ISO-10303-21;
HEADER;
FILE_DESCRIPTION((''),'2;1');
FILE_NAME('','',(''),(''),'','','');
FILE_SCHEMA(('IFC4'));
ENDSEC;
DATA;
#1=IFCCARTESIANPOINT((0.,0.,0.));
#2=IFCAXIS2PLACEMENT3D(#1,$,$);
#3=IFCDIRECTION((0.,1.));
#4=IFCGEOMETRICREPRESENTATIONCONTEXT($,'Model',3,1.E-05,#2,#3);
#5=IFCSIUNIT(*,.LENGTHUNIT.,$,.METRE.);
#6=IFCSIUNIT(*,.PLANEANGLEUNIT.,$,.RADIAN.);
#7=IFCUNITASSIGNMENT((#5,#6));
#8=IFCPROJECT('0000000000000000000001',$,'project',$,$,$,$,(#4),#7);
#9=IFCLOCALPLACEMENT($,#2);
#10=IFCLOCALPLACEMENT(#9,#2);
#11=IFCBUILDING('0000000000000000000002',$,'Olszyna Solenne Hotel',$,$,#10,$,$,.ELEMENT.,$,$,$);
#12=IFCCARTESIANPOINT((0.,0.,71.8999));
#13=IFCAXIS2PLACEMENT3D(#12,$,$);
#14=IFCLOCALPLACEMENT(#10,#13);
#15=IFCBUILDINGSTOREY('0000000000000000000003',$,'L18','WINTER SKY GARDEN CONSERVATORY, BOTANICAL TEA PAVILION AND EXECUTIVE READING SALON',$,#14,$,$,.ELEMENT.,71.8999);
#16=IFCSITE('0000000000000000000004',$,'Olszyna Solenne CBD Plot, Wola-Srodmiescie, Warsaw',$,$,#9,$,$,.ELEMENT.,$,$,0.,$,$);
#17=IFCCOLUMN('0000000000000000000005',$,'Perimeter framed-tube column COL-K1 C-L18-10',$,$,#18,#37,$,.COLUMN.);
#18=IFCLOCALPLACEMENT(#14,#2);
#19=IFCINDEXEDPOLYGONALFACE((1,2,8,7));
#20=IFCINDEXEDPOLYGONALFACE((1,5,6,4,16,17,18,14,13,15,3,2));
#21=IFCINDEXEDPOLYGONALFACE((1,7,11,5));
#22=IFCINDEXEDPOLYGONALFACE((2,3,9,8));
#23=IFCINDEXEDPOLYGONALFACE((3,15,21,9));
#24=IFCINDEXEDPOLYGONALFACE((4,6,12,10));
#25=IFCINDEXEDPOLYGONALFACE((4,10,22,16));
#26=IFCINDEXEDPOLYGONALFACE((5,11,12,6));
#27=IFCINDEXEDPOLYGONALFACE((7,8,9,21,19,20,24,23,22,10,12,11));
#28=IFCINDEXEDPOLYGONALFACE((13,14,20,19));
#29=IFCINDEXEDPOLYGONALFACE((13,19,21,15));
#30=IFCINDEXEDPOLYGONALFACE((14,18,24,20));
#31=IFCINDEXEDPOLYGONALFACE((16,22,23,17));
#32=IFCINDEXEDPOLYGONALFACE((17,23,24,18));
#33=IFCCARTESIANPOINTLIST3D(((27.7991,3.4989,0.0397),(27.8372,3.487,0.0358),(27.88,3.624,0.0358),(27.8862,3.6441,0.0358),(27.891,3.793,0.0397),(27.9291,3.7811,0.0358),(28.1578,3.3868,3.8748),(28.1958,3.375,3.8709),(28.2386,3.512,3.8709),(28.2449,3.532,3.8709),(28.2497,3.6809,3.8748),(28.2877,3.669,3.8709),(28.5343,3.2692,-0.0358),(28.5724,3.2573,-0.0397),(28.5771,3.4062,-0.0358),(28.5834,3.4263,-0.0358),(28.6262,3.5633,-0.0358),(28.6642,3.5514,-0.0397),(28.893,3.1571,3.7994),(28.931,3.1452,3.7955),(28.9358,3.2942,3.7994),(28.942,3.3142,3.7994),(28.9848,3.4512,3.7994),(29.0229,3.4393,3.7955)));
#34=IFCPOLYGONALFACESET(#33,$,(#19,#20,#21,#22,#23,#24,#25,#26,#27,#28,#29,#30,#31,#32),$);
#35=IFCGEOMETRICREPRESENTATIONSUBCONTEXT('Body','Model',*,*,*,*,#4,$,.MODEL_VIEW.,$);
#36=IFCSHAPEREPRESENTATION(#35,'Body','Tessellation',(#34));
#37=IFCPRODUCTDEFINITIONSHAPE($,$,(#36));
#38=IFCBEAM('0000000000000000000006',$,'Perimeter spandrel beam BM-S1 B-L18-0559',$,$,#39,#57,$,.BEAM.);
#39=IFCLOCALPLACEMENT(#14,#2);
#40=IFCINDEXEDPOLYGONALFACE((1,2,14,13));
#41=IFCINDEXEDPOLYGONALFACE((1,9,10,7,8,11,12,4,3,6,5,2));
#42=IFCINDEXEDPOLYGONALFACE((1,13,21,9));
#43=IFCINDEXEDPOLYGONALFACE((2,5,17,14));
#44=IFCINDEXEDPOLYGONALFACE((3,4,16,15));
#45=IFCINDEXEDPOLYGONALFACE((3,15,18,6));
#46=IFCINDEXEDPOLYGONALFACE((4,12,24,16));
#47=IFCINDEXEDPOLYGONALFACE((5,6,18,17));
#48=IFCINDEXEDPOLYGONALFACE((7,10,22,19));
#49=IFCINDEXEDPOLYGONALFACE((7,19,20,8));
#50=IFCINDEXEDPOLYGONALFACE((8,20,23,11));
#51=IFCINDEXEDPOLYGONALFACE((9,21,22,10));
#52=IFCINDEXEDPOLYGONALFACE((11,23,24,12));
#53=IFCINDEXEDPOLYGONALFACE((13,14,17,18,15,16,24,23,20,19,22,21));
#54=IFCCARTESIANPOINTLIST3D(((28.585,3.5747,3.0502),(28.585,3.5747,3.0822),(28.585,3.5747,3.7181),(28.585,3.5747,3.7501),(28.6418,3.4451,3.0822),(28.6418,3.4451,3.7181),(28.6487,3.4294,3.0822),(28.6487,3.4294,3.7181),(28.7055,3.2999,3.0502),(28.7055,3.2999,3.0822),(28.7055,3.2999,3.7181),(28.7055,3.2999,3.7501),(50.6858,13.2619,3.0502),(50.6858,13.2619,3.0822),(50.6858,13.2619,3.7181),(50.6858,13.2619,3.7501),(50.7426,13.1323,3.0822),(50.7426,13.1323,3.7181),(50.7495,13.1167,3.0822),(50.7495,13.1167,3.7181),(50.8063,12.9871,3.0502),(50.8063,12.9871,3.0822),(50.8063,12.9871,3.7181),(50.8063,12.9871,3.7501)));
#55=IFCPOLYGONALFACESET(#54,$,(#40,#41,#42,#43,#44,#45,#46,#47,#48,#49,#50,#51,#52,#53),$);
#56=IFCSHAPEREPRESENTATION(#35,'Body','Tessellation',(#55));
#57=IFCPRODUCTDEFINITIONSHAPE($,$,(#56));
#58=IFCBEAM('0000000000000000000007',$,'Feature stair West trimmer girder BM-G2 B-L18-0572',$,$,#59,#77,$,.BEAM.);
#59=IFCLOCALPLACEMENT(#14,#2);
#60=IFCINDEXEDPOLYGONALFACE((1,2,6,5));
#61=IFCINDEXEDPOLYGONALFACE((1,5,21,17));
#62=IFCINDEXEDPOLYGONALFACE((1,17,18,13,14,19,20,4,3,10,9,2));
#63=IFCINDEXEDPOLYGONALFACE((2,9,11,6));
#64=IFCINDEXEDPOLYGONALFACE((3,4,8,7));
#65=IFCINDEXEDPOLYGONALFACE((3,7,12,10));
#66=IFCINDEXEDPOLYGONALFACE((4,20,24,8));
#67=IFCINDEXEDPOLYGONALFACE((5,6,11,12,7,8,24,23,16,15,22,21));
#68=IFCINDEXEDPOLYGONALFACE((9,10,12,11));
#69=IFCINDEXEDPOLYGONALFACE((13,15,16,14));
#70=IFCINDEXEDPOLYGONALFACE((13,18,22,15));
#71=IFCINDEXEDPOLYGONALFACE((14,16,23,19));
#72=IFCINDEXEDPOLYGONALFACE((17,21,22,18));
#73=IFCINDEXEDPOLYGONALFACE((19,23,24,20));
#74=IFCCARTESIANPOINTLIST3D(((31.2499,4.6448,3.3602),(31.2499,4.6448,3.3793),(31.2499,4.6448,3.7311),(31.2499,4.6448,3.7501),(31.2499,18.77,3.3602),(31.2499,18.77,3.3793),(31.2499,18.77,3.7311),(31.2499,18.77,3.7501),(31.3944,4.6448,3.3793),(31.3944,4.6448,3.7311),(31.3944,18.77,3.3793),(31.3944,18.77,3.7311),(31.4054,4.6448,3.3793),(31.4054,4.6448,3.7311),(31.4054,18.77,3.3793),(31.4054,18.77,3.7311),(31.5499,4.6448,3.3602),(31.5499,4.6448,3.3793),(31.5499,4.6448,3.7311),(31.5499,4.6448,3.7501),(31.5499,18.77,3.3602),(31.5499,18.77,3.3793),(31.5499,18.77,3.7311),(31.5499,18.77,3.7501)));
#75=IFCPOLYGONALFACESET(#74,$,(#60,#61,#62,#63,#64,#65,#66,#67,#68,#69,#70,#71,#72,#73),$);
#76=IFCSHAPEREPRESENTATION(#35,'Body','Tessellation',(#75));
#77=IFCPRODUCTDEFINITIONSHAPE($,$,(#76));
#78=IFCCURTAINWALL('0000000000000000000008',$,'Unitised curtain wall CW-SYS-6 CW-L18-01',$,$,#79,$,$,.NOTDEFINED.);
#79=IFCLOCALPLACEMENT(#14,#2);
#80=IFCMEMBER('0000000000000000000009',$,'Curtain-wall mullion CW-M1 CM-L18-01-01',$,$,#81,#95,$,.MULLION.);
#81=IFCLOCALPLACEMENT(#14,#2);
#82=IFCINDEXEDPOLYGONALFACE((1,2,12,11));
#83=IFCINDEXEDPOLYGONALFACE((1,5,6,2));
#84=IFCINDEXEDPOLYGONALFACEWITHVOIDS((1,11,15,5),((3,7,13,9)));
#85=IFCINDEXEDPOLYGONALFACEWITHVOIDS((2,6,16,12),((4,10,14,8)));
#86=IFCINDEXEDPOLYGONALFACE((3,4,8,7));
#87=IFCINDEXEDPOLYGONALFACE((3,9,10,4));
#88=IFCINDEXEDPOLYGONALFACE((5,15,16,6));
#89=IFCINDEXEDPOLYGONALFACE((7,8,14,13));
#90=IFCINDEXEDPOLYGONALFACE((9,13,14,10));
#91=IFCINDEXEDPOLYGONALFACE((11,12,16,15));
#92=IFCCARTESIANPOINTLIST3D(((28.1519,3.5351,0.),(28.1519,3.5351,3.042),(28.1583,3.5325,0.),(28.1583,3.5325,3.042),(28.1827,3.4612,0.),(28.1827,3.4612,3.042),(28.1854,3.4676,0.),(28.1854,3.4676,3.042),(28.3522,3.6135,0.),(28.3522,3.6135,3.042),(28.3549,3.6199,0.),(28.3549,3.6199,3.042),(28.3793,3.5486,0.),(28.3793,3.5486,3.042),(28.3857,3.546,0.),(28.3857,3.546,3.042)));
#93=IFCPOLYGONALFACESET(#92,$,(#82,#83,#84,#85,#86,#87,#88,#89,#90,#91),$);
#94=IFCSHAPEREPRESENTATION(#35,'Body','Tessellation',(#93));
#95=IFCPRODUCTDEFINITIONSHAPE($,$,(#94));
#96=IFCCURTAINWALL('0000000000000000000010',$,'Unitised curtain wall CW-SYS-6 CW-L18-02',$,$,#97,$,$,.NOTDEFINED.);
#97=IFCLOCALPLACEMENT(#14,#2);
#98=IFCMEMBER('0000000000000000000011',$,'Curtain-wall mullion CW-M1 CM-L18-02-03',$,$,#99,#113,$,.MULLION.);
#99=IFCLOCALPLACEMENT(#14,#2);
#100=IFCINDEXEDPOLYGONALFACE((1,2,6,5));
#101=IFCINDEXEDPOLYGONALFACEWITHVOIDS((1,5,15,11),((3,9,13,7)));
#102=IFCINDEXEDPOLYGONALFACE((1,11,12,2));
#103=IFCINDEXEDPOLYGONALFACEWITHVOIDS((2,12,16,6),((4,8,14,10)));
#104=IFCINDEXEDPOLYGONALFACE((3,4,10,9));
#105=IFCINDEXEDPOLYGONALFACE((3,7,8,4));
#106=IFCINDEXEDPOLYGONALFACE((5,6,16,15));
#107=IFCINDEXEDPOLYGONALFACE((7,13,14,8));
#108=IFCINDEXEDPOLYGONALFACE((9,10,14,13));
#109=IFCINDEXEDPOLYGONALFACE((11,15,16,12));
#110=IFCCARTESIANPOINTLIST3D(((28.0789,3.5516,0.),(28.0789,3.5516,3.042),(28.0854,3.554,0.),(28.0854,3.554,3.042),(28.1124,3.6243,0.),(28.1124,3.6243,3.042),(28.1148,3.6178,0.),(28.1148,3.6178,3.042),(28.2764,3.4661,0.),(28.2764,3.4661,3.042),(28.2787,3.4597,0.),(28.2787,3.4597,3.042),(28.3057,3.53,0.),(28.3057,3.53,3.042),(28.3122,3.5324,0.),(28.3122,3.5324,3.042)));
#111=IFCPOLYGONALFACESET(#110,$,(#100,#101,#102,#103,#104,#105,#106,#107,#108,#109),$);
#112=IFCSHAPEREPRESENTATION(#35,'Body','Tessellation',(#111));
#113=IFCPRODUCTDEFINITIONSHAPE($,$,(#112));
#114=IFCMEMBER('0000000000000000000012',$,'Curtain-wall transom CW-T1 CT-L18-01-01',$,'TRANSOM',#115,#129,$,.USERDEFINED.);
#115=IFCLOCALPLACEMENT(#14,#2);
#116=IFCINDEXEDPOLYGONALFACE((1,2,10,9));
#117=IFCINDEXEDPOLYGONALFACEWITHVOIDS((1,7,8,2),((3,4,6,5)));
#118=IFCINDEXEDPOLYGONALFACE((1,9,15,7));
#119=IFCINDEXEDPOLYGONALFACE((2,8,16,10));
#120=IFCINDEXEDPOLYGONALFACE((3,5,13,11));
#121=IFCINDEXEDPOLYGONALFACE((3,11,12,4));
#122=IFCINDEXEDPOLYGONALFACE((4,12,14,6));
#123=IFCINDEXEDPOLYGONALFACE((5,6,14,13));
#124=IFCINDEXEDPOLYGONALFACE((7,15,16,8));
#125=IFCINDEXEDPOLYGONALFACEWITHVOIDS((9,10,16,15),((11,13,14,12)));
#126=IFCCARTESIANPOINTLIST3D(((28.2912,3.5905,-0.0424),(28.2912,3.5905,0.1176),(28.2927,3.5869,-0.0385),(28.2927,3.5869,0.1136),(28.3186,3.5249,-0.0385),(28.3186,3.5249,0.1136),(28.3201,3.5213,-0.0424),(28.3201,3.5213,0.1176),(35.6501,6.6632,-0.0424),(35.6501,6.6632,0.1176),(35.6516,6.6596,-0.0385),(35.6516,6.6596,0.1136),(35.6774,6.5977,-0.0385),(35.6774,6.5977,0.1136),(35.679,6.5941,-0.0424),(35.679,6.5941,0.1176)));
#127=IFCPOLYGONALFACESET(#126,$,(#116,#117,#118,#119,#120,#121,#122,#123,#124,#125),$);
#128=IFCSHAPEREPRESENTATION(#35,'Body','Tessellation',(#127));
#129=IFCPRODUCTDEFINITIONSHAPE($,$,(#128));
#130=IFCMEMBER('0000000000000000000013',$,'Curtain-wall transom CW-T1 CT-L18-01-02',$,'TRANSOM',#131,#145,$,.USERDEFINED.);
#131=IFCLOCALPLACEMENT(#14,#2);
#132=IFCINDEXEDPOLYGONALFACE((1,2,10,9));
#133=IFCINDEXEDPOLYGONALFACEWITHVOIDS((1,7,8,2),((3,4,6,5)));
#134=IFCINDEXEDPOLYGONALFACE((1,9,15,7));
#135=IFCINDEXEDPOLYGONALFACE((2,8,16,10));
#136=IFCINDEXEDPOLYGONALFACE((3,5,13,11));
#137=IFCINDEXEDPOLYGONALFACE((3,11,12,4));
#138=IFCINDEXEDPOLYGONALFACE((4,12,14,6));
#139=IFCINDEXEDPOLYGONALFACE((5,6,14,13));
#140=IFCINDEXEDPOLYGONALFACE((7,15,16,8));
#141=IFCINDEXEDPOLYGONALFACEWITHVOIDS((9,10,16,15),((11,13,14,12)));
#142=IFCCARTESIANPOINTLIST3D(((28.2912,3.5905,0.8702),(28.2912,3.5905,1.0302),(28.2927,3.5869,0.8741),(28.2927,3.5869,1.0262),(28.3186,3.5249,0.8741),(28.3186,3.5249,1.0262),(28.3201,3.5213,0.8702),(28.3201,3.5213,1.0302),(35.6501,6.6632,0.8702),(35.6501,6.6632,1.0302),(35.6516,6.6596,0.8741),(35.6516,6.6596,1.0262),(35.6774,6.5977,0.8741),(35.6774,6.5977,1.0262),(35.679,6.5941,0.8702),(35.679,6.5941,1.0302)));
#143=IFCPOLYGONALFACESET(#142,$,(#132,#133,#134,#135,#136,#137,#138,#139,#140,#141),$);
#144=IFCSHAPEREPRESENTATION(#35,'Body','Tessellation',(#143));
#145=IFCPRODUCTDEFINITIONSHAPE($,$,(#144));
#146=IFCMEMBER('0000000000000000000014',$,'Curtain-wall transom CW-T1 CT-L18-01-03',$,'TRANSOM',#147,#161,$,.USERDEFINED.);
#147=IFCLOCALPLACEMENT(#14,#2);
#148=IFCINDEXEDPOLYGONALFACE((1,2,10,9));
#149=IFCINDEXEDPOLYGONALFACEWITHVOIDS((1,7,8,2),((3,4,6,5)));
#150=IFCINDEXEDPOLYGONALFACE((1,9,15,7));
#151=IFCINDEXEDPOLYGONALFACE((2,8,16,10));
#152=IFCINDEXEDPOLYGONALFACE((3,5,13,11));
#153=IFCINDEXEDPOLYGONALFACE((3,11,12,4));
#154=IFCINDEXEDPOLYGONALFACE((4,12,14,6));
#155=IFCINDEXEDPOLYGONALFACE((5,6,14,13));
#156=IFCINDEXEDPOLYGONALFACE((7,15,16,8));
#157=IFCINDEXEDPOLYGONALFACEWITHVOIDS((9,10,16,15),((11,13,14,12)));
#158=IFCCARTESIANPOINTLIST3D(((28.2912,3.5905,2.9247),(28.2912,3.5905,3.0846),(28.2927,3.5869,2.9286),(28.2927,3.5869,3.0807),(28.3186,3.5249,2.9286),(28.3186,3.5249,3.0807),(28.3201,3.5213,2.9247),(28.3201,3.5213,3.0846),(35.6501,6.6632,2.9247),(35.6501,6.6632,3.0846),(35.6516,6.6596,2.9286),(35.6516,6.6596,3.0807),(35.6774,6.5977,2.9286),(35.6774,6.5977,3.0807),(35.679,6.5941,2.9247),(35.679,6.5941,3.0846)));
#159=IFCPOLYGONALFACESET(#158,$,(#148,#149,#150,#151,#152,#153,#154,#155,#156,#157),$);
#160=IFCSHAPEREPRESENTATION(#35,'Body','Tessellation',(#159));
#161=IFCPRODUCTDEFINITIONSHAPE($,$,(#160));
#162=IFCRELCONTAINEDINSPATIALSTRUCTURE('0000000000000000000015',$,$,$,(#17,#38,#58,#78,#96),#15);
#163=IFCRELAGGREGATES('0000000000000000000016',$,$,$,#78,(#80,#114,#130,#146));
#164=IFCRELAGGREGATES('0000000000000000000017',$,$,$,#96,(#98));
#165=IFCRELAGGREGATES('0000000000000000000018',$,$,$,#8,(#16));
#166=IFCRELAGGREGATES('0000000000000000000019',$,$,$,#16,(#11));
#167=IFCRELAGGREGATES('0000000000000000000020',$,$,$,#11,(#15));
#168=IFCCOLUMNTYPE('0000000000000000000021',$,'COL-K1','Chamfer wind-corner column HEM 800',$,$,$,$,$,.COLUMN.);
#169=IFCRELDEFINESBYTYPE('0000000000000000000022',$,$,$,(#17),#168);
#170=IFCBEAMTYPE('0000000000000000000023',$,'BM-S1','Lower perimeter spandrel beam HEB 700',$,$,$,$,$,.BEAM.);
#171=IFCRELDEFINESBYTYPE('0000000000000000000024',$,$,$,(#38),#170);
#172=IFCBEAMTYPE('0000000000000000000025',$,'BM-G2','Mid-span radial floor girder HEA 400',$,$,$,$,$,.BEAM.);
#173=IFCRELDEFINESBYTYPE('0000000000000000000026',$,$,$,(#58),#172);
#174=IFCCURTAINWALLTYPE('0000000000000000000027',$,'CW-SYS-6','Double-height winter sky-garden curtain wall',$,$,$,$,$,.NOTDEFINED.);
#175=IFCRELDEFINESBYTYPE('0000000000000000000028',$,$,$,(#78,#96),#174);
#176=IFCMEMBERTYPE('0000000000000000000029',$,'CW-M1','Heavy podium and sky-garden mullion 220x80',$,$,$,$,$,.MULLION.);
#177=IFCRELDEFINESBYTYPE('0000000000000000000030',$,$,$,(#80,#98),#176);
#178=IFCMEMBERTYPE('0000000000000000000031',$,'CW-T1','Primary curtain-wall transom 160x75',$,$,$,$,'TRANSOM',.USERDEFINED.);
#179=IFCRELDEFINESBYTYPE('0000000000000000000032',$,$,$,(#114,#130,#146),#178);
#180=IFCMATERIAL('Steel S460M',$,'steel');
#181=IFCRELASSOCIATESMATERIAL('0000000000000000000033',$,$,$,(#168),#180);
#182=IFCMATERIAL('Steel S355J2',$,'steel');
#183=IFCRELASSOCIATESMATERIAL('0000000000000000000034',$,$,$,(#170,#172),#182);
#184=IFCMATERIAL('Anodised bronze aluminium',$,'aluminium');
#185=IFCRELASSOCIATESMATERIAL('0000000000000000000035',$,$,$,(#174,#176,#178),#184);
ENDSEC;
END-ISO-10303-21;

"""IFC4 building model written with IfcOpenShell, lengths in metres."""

from ifc_helpers import new_model, si_unit, direction, frame, origin, origin_2d, place, context, subcontext, project, spatial, hollow_rectangle, i_section, extrude, source, transform, mapped, material, material_profile, profile_set, type_object, element, aggregate, save


model = new_model("IFC4")

# Units and contexts
model_context = context("Model", 3, precision=1e-05, world=origin(), true_north=direction((0.0, 1.0)))
body_context = subcontext(model_context, "Body", "Model", "MODEL_VIEW")
ifc_project = project(units=[si_unit("LENGTHUNIT", "METRE"), si_unit("PLANEANGLEUNIT", "RADIAN")], contexts=[model_context])

# Site, building, storey
site_placement = place(None, origin())
site = spatial("IfcSite", under=ifc_project, at=site_placement, Name="Olszyna Solenne CBD Plot, Wola-Srodmiescie, Warsaw", CompositionType="ELEMENT", RefElevation=0.0)
building_placement = place(site_placement, origin())
building = spatial("IfcBuilding", under=site, at=building_placement, Name="Olszyna Solenne Hotel", CompositionType="ELEMENT")
storey_placement = place(building_placement, frame((0.0, 0.0, 71.8999)))
storey = spatial("IfcBuildingStorey", under=building, at=storey_placement, Name="L18", Description="WINTER SKY GARDEN CONSERVATORY, BOTANICAL TEA PAVILION AND EXECUTIVE READING SALON", CompositionType="ELEMENT", Elevation=71.8999)

# Column
ifc_material_1 = material(Name="Steel S460M", Category="steel")
ifc_material_profile_1 = material_profile(ifc_material_1, i_section(OverallWidth=0.3081, OverallDepth=0.814, WebThickness=0.021, FlangeThickness=0.04, at=origin_2d()), Name="HEM 800", Category="load-bearing")
ifc_profile_set_1 = profile_set([ifc_material_profile_1], Name="Steel S460M")
column_type = type_object("IfcColumnType", Name="COL-K1", Description="Chamfer wind-corner column HEM 800", PredefinedType="COLUMN", material=ifc_profile_set_1)
shared_shape_1 = source(origin(), body_context, "Body", "SweptSolid", [
    extrude(i_section(OverallWidth=0.3081, OverallDepth=0.814, WebThickness=0.021, FlangeThickness=0.04, at=origin_2d()), origin(), (0.0, 0.0, 1.0), 3.8535),
])
column_placement = place(storey_placement, frame((28.2317, 3.5251, 0.0), z_axis=(0.093068, -0.02908, 0.995235), x_axis=(0.298238, 0.954492, 0.0)))
element("IfcColumn", 1, at=column_placement, inside=storey, type_object=column_type, Name="Perimeter framed-tube column COL-K1 C-L18-10", PredefinedType="COLUMN", context=body_context, shape_type="MappedRepresentation", body=[
    mapped(shared_shape_1, transform((0.0, 0.0, 0.0), x_axis=(1.0, 0.0, 0.0), y_axis=(0.0, 1.0, 0.0), z_axis=(0.0, 0.0, 1.0), scale=1.0)),
])

# Beams
ifc_material_2 = material(Name="Steel S355J2", Category="steel")
ifc_material_profile_2 = material_profile(ifc_material_2, i_section(OverallWidth=0.3, OverallDepth=0.7, WebThickness=0.0171, FlangeThickness=0.032, at=origin_2d()), Name="HEB 700", Category="load-bearing")
ifc_profile_set_2 = profile_set([ifc_material_profile_2], Name="Steel S355J2")
beam_type_1 = type_object("IfcBeamType", Name="BM-S1", Description="Lower perimeter spandrel beam HEB 700", PredefinedType="BEAM", material=ifc_profile_set_2)
shared_shape_2 = source(origin(), body_context, "Body", "SweptSolid", [
    extrude(i_section(OverallWidth=0.3, OverallDepth=0.7, WebThickness=0.0171, FlangeThickness=0.032, at=origin_2d()), origin(), (0.0, 0.0, 1.0), 24.1306),
])
beam_1_placement = place(storey_placement, frame((28.6453, 3.4373, 3.4001), z_axis=(0.915881, 0.40145, 0.0), x_axis=(-0.40145, 0.915881, 0.0)))
element("IfcBeam", 2, at=beam_1_placement, inside=storey, type_object=beam_type_1, Name="Perimeter spandrel beam BM-S1 B-L18-0559", PredefinedType="BEAM", context=body_context, shape_type="MappedRepresentation", body=[
    mapped(shared_shape_2, transform((0.0, 0.0, 0.0), x_axis=(1.0, 0.0, 0.0), y_axis=(0.0, 1.0, 0.0), z_axis=(0.0, 0.0, 1.0), scale=1.0)),
])
ifc_material_profile_3 = material_profile(ifc_material_2, i_section(OverallWidth=0.3, OverallDepth=0.3899, WebThickness=0.011, FlangeThickness=0.019, at=origin_2d()), Name="HEA 400", Category="load-bearing")
ifc_profile_set_3 = profile_set([ifc_material_profile_3], Name="Steel S355J2")
beam_type_2 = type_object("IfcBeamType", Name="BM-G2", Description="Mid-span radial floor girder HEA 400", PredefinedType="BEAM", material=ifc_profile_set_3)
shared_shape_3 = source(origin(), body_context, "Body", "SweptSolid", [
    extrude(i_section(OverallWidth=0.3, OverallDepth=0.3899, WebThickness=0.011, FlangeThickness=0.019, at=origin_2d()), origin(), (0.0, 0.0, 1.0), 14.1252),
])
beam_2_placement = place(storey_placement, frame((31.3999, 4.6448, 3.5552), z_axis=(0.0, 1.0, 0.0), x_axis=(-1.0, 0.0, 0.0)))
element("IfcBeam", 3, at=beam_2_placement, inside=storey, type_object=beam_type_2, Name="Feature stair West trimmer girder BM-G2 B-L18-0572", PredefinedType="BEAM", context=body_context, shape_type="MappedRepresentation", body=[
    mapped(shared_shape_3, transform((0.0, 0.0, 0.0), x_axis=(1.0, 0.0, 0.0), y_axis=(0.0, 1.0, 0.0), z_axis=(0.0, 0.0, 1.0), scale=1.0)),
])

# Curtain walls, members
ifc_material_3 = material(Name="Anodised bronze aluminium", Category="aluminium")
curtain_wall_type = type_object("IfcCurtainWallType", Name="CW-SYS-6", Description="Double-height winter sky-garden curtain wall", PredefinedType="NOTDEFINED", material=ifc_material_3)
curtain_wall_1_placement = place(storey_placement, origin())
curtain_wall_1 = element("IfcCurtainWall", 4, at=curtain_wall_1_placement, inside=storey, type_object=curtain_wall_type, Name="Unitised curtain wall CW-SYS-6 CW-L18-01", PredefinedType="NOTDEFINED")
ifc_material_profile_4 = material_profile(ifc_material_3, hollow_rectangle(XDim=0.0801, YDim=0.22, WallThickness=0.0049, at=origin_2d()), Name="MULL 220x80x5", Category="load-bearing")
ifc_profile_set_4 = profile_set([ifc_material_profile_4], Name="Anodised bronze aluminium")
member_type_1 = type_object("IfcMemberType", Name="CW-M1", Description="Heavy podium and sky-garden mullion 220x80", PredefinedType="MULLION", material=ifc_profile_set_4)
shared_shape_4 = source(origin(), body_context, "Body", "SweptSolid", [
    extrude(hollow_rectangle(XDim=0.0801, YDim=0.22, WallThickness=0.0049, at=origin_2d()), origin(), (0.0, 0.0, 1.0), 3.042),
])
member_1_placement = place(storey_placement, frame((28.2688, 3.5405, 0.0), z_axis=(0.0, 0.0, 1.0), x_axis=(-0.385296, 0.922793, 0.0)))
member_1 = element("IfcMember", 5, at=member_1_placement, type_object=member_type_1, Name="Curtain-wall mullion CW-M1 CM-L18-01-01", PredefinedType="MULLION", context=body_context, shape_type="MappedRepresentation", body=[
    mapped(shared_shape_4, transform((0.0, 0.0, 0.0), x_axis=(1.0, 0.0, 0.0), y_axis=(0.0, 1.0, 0.0), z_axis=(0.0, 0.0, 1.0), scale=1.0)),
])
curtain_wall_2_placement = place(storey_placement, origin())
curtain_wall_2 = element("IfcCurtainWall", 6, at=curtain_wall_2_placement, inside=storey, type_object=curtain_wall_type, Name="Unitised curtain wall CW-SYS-6 CW-L18-02", PredefinedType="NOTDEFINED")
member_2_placement = place(storey_placement, frame((28.1956, 3.542, 0.0), z_axis=(0.0, 0.0, 1.0), x_axis=(0.417848, 0.908517, 0.0)))
member_2 = element("IfcMember", 7, at=member_2_placement, type_object=member_type_1, Name="Curtain-wall mullion CW-M1 CM-L18-02-03", PredefinedType="MULLION", context=body_context, shape_type="MappedRepresentation", body=[
    mapped(shared_shape_4, transform((0.0, 0.0, 0.0), x_axis=(1.0, 0.0, 0.0), y_axis=(0.0, 1.0, 0.0), z_axis=(0.0, 0.0, 1.0), scale=1.0)),
])

# Members
ifc_material_profile_5 = material_profile(ifc_material_3, hollow_rectangle(XDim=0.075, YDim=0.1599, WallThickness=0.0039, at=origin_2d()), Name="TRAN 160x75x4", Category="load-bearing")
ifc_profile_set_5 = profile_set([ifc_material_profile_5], Name="Anodised bronze aluminium")
member_type_2 = type_object("IfcMemberType", Name="CW-T1", Description="Primary curtain-wall transom 160x75", ElementType="TRANSOM", PredefinedType="USERDEFINED", material=ifc_profile_set_5)
shared_shape_5 = source(origin(), body_context, "Body", "SweptSolid", [
    extrude(hollow_rectangle(XDim=0.075, YDim=0.1599, WallThickness=0.0039, at=origin_2d()), origin(), (0.0, 0.0, 1.0), 7.9746),
])
member_3_placement = place(storey_placement, frame((28.3057, 3.5559, 0.0376), z_axis=(0.922785, 0.385315, 0.0), x_axis=(-0.385315, 0.922785, 0.0)))
member_3 = element("IfcMember", 8, at=member_3_placement, type_object=member_type_2, Name="Curtain-wall transom CW-T1 CT-L18-01-01", ObjectType="TRANSOM", PredefinedType="USERDEFINED", context=body_context, shape_type="MappedRepresentation", body=[
    mapped(shared_shape_5, transform((0.0, 0.0, 0.0), x_axis=(1.0, 0.0, 0.0), y_axis=(0.0, 1.0, 0.0), z_axis=(0.0, 0.0, 1.0), scale=1.0)),
])
member_4_placement = place(storey_placement, frame((28.3057, 3.5559, 0.9502), z_axis=(0.922785, 0.385315, 0.0), x_axis=(-0.385315, 0.922785, 0.0)))
member_4 = element("IfcMember", 9, at=member_4_placement, type_object=member_type_2, Name="Curtain-wall transom CW-T1 CT-L18-01-02", ObjectType="TRANSOM", PredefinedType="USERDEFINED", context=body_context, shape_type="MappedRepresentation", body=[
    mapped(shared_shape_5, transform((0.0, 0.0, 0.0), x_axis=(1.0, 0.0, 0.0), y_axis=(0.0, 1.0, 0.0), z_axis=(0.0, 0.0, 1.0), scale=1.0)),
])
member_5_placement = place(storey_placement, frame((28.3057, 3.5559, 3.0046), z_axis=(0.922785, 0.385315, 0.0), x_axis=(-0.385315, 0.922785, 0.0)))
member_5 = element("IfcMember", 10, at=member_5_placement, type_object=member_type_2, Name="Curtain-wall transom CW-T1 CT-L18-01-03", ObjectType="TRANSOM", PredefinedType="USERDEFINED", context=body_context, shape_type="MappedRepresentation", body=[
    mapped(shared_shape_5, transform((0.0, 0.0, 0.0), x_axis=(1.0, 0.0, 0.0), y_axis=(0.0, 1.0, 0.0), z_axis=(0.0, 0.0, 1.0), scale=1.0)),
])

aggregate(curtain_wall_1, [member_1, member_3, member_4, member_5])
aggregate(curtain_wall_2, [member_2])

save(model, "model.ifc")
